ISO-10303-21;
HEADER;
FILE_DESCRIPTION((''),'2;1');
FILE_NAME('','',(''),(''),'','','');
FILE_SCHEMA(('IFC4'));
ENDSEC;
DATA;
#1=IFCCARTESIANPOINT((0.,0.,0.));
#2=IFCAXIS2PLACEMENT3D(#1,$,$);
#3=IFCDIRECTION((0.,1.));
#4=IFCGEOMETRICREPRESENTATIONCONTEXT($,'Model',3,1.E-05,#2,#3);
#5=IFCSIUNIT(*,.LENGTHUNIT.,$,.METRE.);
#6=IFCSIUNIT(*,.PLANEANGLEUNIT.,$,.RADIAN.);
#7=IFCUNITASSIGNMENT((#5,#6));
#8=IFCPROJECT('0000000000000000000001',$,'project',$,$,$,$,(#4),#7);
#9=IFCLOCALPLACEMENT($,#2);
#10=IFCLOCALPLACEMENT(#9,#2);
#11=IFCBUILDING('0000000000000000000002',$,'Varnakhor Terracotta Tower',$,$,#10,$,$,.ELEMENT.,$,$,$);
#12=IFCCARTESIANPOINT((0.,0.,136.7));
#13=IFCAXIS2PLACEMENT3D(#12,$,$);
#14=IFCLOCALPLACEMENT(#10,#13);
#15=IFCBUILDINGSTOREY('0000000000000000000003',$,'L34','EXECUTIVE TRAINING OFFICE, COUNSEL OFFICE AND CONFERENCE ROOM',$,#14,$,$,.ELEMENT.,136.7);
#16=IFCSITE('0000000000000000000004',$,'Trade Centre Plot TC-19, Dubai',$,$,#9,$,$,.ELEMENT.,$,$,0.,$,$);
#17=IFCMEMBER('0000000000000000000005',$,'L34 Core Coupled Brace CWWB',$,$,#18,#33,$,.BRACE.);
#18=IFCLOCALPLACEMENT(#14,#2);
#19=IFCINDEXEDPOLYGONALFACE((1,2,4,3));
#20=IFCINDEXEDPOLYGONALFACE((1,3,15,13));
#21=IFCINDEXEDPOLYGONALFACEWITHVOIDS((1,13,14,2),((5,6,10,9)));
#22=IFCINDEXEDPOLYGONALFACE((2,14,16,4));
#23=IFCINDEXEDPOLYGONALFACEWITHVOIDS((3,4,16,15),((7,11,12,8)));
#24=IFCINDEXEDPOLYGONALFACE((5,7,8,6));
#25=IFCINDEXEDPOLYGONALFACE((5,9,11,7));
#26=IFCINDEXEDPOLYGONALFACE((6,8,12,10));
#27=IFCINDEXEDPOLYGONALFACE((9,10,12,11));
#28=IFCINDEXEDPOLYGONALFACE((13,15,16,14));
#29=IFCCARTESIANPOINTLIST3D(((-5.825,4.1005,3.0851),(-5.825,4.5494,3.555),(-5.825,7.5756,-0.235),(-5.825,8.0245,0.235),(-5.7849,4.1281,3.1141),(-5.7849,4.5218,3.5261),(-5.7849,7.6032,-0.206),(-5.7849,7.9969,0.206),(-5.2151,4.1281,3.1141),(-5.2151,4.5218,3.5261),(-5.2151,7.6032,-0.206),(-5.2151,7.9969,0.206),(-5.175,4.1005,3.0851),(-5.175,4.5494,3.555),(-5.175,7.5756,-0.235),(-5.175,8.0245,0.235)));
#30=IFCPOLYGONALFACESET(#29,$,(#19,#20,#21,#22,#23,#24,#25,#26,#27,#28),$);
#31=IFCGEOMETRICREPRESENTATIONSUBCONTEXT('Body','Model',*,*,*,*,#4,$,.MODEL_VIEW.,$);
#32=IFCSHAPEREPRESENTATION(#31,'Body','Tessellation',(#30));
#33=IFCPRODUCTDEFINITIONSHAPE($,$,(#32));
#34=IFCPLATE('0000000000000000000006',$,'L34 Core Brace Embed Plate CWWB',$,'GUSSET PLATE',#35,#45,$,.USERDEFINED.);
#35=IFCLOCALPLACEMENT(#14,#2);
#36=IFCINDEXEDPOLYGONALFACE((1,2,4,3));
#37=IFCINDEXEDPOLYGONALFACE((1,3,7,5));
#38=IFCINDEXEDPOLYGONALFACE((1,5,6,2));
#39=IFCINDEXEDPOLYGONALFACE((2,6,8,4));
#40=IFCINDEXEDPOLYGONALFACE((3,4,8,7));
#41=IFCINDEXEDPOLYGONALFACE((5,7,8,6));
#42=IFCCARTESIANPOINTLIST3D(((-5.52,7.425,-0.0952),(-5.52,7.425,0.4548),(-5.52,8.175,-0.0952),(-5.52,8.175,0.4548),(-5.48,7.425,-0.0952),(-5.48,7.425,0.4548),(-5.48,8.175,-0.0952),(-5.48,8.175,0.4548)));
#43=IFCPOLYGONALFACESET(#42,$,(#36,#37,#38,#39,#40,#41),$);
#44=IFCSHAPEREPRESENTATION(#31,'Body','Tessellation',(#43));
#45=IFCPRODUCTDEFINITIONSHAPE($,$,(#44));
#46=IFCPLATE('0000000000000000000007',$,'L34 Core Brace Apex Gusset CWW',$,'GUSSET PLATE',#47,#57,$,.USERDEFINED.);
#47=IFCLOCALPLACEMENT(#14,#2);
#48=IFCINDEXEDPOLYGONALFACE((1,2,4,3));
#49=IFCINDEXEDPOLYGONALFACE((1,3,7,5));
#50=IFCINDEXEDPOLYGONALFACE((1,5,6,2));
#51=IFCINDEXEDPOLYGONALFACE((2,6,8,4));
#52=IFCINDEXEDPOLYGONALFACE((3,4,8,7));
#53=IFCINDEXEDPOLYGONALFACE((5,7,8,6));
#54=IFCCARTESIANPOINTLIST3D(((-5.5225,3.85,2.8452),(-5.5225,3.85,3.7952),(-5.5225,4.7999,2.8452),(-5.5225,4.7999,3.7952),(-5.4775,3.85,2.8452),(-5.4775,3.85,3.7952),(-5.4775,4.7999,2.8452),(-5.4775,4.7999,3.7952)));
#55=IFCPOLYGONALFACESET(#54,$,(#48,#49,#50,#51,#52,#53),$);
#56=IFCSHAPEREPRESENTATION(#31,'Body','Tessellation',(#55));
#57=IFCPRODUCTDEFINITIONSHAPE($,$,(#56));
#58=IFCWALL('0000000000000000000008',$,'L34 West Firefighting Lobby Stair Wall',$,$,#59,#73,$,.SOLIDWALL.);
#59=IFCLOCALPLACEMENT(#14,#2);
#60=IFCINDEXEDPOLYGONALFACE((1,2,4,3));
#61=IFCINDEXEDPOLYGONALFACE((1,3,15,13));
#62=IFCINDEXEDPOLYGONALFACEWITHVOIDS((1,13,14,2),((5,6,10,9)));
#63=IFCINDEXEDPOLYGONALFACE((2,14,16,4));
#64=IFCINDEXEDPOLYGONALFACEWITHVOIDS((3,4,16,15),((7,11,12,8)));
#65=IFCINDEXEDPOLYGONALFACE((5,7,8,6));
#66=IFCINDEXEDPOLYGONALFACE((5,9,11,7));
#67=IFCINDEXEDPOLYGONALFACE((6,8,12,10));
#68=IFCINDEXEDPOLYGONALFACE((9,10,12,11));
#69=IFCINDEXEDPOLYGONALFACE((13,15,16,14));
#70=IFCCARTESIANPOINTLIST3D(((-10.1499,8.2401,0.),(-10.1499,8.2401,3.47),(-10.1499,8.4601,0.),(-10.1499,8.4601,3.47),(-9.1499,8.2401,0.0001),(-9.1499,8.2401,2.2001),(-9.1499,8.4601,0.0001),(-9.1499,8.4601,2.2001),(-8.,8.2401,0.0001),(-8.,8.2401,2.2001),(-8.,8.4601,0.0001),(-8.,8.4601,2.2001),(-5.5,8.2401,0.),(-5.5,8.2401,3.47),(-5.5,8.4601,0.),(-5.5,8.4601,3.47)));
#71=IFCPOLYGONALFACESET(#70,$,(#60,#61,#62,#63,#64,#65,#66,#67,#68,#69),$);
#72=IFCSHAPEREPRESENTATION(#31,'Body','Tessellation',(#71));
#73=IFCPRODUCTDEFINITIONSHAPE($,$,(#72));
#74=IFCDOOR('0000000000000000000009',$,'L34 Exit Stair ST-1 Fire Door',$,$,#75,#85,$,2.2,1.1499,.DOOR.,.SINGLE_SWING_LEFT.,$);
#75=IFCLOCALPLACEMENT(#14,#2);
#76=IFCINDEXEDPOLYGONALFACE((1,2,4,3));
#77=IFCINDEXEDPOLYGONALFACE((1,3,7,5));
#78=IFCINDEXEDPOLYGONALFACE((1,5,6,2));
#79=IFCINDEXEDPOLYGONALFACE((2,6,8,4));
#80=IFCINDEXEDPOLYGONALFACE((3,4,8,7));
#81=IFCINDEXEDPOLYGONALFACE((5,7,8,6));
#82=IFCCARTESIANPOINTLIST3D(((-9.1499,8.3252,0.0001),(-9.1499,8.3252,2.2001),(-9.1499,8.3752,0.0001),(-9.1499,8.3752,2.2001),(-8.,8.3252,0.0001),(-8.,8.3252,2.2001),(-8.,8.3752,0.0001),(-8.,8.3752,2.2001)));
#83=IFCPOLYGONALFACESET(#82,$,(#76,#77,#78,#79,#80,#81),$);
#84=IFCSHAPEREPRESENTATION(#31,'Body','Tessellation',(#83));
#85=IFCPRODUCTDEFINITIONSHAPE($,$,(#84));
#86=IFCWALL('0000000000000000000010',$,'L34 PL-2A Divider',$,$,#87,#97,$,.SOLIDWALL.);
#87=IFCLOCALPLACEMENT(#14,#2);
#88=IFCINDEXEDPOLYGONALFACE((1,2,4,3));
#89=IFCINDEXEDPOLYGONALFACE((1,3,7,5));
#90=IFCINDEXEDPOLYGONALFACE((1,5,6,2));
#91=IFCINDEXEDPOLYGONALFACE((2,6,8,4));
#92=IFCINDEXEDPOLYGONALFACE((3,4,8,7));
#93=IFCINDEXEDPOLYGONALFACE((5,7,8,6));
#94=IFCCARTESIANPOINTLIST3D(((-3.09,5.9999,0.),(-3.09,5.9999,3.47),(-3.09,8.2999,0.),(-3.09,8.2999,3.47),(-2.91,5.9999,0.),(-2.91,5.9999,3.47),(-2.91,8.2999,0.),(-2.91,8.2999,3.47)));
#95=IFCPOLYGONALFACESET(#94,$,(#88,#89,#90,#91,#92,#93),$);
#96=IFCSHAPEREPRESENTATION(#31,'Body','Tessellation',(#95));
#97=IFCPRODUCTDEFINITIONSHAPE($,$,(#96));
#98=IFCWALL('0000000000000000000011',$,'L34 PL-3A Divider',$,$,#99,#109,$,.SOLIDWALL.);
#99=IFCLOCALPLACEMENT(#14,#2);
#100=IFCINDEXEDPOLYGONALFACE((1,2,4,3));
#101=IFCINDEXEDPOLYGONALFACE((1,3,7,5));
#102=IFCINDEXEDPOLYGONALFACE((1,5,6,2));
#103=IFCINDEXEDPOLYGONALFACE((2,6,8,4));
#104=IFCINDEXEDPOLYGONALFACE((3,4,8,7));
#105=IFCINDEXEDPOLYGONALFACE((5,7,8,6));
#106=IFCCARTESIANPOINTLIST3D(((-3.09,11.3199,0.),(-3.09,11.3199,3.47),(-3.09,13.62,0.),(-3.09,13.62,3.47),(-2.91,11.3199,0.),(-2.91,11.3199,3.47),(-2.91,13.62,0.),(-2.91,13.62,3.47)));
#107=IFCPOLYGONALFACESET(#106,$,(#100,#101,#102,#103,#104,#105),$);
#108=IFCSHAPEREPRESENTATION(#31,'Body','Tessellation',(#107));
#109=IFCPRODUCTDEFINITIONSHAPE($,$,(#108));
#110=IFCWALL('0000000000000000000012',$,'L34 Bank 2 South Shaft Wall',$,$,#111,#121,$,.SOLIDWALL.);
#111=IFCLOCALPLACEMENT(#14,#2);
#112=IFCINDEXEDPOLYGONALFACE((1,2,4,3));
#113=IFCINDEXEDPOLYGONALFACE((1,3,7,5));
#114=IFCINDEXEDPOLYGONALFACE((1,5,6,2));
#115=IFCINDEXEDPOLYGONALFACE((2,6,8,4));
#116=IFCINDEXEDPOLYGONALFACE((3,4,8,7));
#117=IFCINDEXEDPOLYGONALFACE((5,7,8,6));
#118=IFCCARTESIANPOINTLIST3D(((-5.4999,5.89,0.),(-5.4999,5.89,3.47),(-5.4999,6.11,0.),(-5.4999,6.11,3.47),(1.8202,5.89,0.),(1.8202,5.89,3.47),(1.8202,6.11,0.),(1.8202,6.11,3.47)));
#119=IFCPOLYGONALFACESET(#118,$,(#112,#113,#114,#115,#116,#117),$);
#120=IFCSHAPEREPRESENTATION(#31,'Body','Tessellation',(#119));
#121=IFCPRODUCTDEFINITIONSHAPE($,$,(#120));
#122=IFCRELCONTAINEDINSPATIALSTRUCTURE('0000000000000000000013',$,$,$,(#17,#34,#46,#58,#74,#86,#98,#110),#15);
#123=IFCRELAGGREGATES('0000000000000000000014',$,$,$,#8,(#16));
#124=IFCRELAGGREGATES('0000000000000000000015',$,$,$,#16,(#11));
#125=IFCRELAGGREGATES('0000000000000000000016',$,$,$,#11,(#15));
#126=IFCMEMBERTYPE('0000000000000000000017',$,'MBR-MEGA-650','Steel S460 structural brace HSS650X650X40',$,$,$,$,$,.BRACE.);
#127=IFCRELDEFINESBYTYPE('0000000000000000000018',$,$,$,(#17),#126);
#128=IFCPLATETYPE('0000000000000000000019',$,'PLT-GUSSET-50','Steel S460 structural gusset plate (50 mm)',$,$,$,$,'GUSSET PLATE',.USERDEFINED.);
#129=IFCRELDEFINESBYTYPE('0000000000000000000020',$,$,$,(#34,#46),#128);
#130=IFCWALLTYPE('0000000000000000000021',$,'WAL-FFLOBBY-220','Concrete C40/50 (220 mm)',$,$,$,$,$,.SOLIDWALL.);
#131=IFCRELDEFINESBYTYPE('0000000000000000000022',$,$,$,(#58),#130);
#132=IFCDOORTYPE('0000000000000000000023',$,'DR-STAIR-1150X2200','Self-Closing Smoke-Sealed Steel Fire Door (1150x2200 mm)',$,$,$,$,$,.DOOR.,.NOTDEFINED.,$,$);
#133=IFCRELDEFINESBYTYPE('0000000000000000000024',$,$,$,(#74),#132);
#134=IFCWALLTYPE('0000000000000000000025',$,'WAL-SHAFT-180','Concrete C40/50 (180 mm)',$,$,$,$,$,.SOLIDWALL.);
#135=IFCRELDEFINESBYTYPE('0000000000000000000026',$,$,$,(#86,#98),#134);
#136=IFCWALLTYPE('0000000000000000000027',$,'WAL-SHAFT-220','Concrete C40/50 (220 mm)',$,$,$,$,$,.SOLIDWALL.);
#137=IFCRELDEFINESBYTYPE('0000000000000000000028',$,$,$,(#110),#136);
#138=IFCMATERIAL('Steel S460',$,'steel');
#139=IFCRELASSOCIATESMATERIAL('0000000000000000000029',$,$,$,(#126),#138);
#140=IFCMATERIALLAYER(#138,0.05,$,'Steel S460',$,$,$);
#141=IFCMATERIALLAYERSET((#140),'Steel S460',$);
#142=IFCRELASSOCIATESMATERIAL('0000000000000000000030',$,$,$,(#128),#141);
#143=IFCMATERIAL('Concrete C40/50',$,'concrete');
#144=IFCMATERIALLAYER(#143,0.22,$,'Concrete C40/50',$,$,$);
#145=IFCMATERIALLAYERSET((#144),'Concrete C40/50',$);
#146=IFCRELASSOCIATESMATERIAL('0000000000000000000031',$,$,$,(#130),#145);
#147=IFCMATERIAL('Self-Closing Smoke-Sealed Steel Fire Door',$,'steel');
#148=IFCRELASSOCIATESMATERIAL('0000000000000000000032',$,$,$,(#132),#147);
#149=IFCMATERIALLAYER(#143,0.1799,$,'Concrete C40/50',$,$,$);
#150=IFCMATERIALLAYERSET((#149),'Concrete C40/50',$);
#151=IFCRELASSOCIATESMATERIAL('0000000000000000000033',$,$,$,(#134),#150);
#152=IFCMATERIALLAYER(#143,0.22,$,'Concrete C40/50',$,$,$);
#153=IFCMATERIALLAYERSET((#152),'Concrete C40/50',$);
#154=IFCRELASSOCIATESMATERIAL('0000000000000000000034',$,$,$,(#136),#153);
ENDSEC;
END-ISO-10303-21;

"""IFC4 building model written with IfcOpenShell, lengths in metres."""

from ifc_helpers import new_model, si_unit, direction, frame, frame_2d, origin, origin_2d, place, context, subcontext, project, spatial, rectangle, hollow_rectangle, extrude, source, transform, mapped, material, layer, layer_set, material_profile, profile_set, type_object, type_shapes, element, fill, save


model = new_model("IFC4")

# Units and contexts
model_context = context("Model", 3, precision=1e-05, world=origin(), true_north=direction((0.0, 1.0)))
body_context = subcontext(model_context, "Body", "Model", "MODEL_VIEW")
ifc_project = project(units=[si_unit("LENGTHUNIT", "METRE"), si_unit("PLANEANGLEUNIT", "RADIAN")], contexts=[model_context])

# Site, building, storey
site_placement = place(None, origin())
site = spatial("IfcSite", under=ifc_project, at=site_placement, Name="Trade Centre Plot TC-19, Dubai", CompositionType="ELEMENT", RefElevation=0.0)
building_placement = place(site_placement, origin())
building = spatial("IfcBuilding", under=site, at=building_placement, Name="Varnakhor Terracotta Tower", CompositionType="ELEMENT")
storey_placement = place(building_placement, frame((0.0, 0.0, 136.7)))
storey = spatial("IfcBuildingStorey", under=building, at=storey_placement, Name="L34", Description="EXECUTIVE TRAINING OFFICE, COUNSEL OFFICE AND CONFERENCE ROOM", CompositionType="ELEMENT", Elevation=136.7)

# Member
ifc_material_1 = material(Name="Steel S460", Category="steel")
ifc_material_profile = material_profile(ifc_material_1, hollow_rectangle(XDim=0.6499, YDim=0.6499, WallThickness=0.04, at=origin_2d()), Name="HSS650X650X40")
ifc_profile_set = profile_set([ifc_material_profile], Name="Steel S460")
member_type = type_object("IfcMemberType", Name="MBR-MEGA-650", Description="Steel S460 structural brace HSS650X650X40", PredefinedType="BRACE", material=ifc_profile_set)
shared_shape_1 = source(origin(), body_context, "Body", "SweptSolid", [
    extrude(hollow_rectangle(XDim=0.6499, YDim=0.6499, WallThickness=0.04, at=origin_2d()), origin(), (0.0, 0.0, 1.0), 4.8062),
])
member_placement = place(storey_placement, frame((-5.5, 7.8, 0.0), z_axis=(0.0, -0.723051, 0.690795), x_axis=(1.0, 0.0, 0.0)))
element("IfcMember", 1, at=member_placement, inside=storey, type_object=member_type, Name="L34 Core Coupled Brace CWWB", PredefinedType="BRACE", context=body_context, shape_type="MappedRepresentation", body=[
    mapped(shared_shape_1, transform((0.0, 0.0, 0.0), scale=1.0)),
])

# Plates
ifc_layer_1 = layer(ifc_material_1, 0.05, Name="Steel S460")
ifc_layer_set_1 = layer_set([ifc_layer_1], Name="Steel S460")
plate_type = type_object("IfcPlateType", Name="PLT-GUSSET-50", Description="Steel S460 structural gusset plate (50 mm)", ElementType="GUSSET PLATE", PredefinedType="USERDEFINED", material=ifc_layer_set_1)
shared_shape_2 = source(origin(), body_context, "Body", "SweptSolid", [
    extrude(rectangle(XDim=0.75, YDim=0.04, at=origin_2d()), origin(), (0.0, 0.0, 1.0), 0.55),
])
type_shapes(plate_type, [shared_shape_2])
plate_1_placement = place(storey_placement, frame((-5.5, 7.8, -0.0952), z_axis=(0.0, 0.0, 1.0), x_axis=(0.0, 1.0, 0.0)))
element("IfcPlate", 2, at=plate_1_placement, inside=storey, type_object=plate_type, Name="L34 Core Brace Embed Plate CWWB", ObjectType="GUSSET PLATE", PredefinedType="USERDEFINED", context=body_context, shape_type="MappedRepresentation", body=[
    mapped(shared_shape_2, transform((0.0, 0.0, 0.0), scale=1.0)),
])
shared_shape_3 = source(origin(), body_context, "Body", "SweptSolid", [
    extrude(rectangle(XDim=0.95, YDim=0.0449, at=origin_2d()), origin(), (0.0, 0.0, 1.0), 0.95),
])
plate_2_placement = place(storey_placement, frame((-5.5, 4.325, 2.8452), z_axis=(0.0, 0.0, 1.0), x_axis=(0.0, 1.0, 0.0)))
element("IfcPlate", 3, at=plate_2_placement, inside=storey, type_object=plate_type, Name="L34 Core Brace Apex Gusset CWW", ObjectType="GUSSET PLATE", PredefinedType="USERDEFINED", context=body_context, shape_type="MappedRepresentation", body=[
    mapped(shared_shape_3, transform((0.0, 0.0, 0.0), scale=1.0)),
])

# Wall, opening, door
ifc_material_2 = material(Name="Concrete C40/50", Category="concrete")
ifc_layer_2 = layer(ifc_material_2, 0.22, Name="Concrete C40/50")
ifc_layer_set_2 = layer_set([ifc_layer_2], Name="Concrete C40/50")
wall_type_1 = type_object("IfcWallType", Name="WAL-FFLOBBY-220", Description="Concrete C40/50 (220 mm)", PredefinedType="SOLIDWALL", material=ifc_layer_set_2)
wall_1_placement = place(storey_placement, frame((-5.5, 8.3501, 0.0), z_axis=(0.0, 0.0, 1.0), x_axis=(-1.0, 0.0, 0.0)))
wall_1 = element("IfcWall", 4, at=wall_1_placement, inside=storey, type_object=wall_type_1, Name="L34 West Firefighting Lobby Stair Wall", PredefinedType="SOLIDWALL", context=body_context, shape_type="SweptSolid", body=[
    extrude(rectangle(XDim=4.6499, YDim=0.22, at=frame_2d((2.325, 0.0))), origin(), (0.0, 0.0, 1.0), 3.47),
])
opening_1_placement = place(wall_1_placement, frame((2.5, 0.0, 0.0)))
opening_1 = element("IfcOpeningElement", 5, at=opening_1_placement, cuts=wall_1, PredefinedType="OPENING", context=body_context, shape_type="SweptSolid", body=[
    extrude(rectangle(XDim=1.1499, YDim=2.2, at=frame_2d((0.575, 1.1001))), frame((0.0, 0.1201, 0.0), z_axis=(0.0, -1.0, 0.0), x_axis=(1.0, 0.0, 0.0)), (0.0, 0.0, 1.0), 0.24),
])
ifc_material_3 = material(Name="Self-Closing Smoke-Sealed Steel Fire Door", Category="steel")
door_type_1 = type_object("IfcDoorType", Name="DR-STAIR-1150X2200", Description="Self-Closing Smoke-Sealed Steel Fire Door (1150x2200 mm)", OperationType="NOTDEFINED", PredefinedType="DOOR", material=ifc_material_3)
shared_shape_4 = source(origin(), body_context, "Body", "SweptSolid", [
    extrude(rectangle(XDim=1.1499, YDim=2.2, at=frame_2d((0.575, 1.1001))), frame((0.0, 0.0249, 0.0), z_axis=(0.0, -1.0, 0.0), x_axis=(1.0, 0.0, 0.0)), (0.0, 0.0, 1.0), 0.05),
])
type_shapes(door_type_1, [shared_shape_4])
door_1_placement = place(opening_1_placement, origin())
door_1 = element("IfcDoor", 6, at=door_1_placement, inside=storey, type_object=door_type_1, Name="L34 Exit Stair ST-1 Fire Door", OperationType="SINGLE_SWING_LEFT", OverallHeight=2.2, OverallWidth=1.1499, PredefinedType="DOOR", context=body_context, shape_type="MappedRepresentation", body=[
    mapped(shared_shape_4, transform((0.0, 0.0, 0.0), scale=1.0)),
])
fill(opening_1, door_1)

# Walls
ifc_layer_3 = layer(ifc_material_2, 0.1799, Name="Concrete C40/50")
ifc_layer_set_3 = layer_set([ifc_layer_3], Name="Concrete C40/50")
wall_type_2 = type_object("IfcWallType", Name="WAL-SHAFT-180", Description="Concrete C40/50 (180 mm)", PredefinedType="SOLIDWALL", material=ifc_layer_set_3)
for number, where, z_axis, x_axis, name in (
    (7, (-3.0, 6.0, 0.0), (0.0, 0.0, 1.0), (0.0, 1.0, 0.0), "L34 PL-2A Divider"),
    (8, (-3.0, 11.3201, 0.0), (0.0, 0.0, 1.0), (0.0, 1.0, 0.0), "L34 PL-3A Divider"),
):
    element("IfcWall", number, at=place(storey_placement, frame(where, z_axis=z_axis, x_axis=x_axis)), inside=storey, type_object=wall_type_2, Name=name, PredefinedType="SOLIDWALL", context=body_context, shape_type="SweptSolid", body=[
        extrude(rectangle(XDim=2.3, YDim=0.1799, at=frame_2d((1.1499, 0.0))), origin(), (0.0, 0.0, 1.0), 3.47),
    ])
ifc_layer_4 = layer(ifc_material_2, 0.22, Name="Concrete C40/50")
ifc_layer_set_4 = layer_set([ifc_layer_4], Name="Concrete C40/50")
wall_type_3 = type_object("IfcWallType", Name="WAL-SHAFT-220", Description="Concrete C40/50 (220 mm)", PredefinedType="SOLIDWALL", material=ifc_layer_set_4)
wall_2_placement = place(storey_placement, frame((-5.5, 6.0, 0.0), z_axis=(0.0, 0.0, 1.0), x_axis=(1.0, 0.0, 0.0)))
element("IfcWall", 9, at=wall_2_placement, inside=storey, type_object=wall_type_3, Name="L34 Bank 2 South Shaft Wall", PredefinedType="SOLIDWALL", context=body_context, shape_type="SweptSolid", body=[
    extrude(rectangle(XDim=7.3201, YDim=0.22, at=frame_2d((3.6602, 0.0))), origin(), (0.0, 0.0, 1.0), 3.47),
])

save(model, "model.ifc")
